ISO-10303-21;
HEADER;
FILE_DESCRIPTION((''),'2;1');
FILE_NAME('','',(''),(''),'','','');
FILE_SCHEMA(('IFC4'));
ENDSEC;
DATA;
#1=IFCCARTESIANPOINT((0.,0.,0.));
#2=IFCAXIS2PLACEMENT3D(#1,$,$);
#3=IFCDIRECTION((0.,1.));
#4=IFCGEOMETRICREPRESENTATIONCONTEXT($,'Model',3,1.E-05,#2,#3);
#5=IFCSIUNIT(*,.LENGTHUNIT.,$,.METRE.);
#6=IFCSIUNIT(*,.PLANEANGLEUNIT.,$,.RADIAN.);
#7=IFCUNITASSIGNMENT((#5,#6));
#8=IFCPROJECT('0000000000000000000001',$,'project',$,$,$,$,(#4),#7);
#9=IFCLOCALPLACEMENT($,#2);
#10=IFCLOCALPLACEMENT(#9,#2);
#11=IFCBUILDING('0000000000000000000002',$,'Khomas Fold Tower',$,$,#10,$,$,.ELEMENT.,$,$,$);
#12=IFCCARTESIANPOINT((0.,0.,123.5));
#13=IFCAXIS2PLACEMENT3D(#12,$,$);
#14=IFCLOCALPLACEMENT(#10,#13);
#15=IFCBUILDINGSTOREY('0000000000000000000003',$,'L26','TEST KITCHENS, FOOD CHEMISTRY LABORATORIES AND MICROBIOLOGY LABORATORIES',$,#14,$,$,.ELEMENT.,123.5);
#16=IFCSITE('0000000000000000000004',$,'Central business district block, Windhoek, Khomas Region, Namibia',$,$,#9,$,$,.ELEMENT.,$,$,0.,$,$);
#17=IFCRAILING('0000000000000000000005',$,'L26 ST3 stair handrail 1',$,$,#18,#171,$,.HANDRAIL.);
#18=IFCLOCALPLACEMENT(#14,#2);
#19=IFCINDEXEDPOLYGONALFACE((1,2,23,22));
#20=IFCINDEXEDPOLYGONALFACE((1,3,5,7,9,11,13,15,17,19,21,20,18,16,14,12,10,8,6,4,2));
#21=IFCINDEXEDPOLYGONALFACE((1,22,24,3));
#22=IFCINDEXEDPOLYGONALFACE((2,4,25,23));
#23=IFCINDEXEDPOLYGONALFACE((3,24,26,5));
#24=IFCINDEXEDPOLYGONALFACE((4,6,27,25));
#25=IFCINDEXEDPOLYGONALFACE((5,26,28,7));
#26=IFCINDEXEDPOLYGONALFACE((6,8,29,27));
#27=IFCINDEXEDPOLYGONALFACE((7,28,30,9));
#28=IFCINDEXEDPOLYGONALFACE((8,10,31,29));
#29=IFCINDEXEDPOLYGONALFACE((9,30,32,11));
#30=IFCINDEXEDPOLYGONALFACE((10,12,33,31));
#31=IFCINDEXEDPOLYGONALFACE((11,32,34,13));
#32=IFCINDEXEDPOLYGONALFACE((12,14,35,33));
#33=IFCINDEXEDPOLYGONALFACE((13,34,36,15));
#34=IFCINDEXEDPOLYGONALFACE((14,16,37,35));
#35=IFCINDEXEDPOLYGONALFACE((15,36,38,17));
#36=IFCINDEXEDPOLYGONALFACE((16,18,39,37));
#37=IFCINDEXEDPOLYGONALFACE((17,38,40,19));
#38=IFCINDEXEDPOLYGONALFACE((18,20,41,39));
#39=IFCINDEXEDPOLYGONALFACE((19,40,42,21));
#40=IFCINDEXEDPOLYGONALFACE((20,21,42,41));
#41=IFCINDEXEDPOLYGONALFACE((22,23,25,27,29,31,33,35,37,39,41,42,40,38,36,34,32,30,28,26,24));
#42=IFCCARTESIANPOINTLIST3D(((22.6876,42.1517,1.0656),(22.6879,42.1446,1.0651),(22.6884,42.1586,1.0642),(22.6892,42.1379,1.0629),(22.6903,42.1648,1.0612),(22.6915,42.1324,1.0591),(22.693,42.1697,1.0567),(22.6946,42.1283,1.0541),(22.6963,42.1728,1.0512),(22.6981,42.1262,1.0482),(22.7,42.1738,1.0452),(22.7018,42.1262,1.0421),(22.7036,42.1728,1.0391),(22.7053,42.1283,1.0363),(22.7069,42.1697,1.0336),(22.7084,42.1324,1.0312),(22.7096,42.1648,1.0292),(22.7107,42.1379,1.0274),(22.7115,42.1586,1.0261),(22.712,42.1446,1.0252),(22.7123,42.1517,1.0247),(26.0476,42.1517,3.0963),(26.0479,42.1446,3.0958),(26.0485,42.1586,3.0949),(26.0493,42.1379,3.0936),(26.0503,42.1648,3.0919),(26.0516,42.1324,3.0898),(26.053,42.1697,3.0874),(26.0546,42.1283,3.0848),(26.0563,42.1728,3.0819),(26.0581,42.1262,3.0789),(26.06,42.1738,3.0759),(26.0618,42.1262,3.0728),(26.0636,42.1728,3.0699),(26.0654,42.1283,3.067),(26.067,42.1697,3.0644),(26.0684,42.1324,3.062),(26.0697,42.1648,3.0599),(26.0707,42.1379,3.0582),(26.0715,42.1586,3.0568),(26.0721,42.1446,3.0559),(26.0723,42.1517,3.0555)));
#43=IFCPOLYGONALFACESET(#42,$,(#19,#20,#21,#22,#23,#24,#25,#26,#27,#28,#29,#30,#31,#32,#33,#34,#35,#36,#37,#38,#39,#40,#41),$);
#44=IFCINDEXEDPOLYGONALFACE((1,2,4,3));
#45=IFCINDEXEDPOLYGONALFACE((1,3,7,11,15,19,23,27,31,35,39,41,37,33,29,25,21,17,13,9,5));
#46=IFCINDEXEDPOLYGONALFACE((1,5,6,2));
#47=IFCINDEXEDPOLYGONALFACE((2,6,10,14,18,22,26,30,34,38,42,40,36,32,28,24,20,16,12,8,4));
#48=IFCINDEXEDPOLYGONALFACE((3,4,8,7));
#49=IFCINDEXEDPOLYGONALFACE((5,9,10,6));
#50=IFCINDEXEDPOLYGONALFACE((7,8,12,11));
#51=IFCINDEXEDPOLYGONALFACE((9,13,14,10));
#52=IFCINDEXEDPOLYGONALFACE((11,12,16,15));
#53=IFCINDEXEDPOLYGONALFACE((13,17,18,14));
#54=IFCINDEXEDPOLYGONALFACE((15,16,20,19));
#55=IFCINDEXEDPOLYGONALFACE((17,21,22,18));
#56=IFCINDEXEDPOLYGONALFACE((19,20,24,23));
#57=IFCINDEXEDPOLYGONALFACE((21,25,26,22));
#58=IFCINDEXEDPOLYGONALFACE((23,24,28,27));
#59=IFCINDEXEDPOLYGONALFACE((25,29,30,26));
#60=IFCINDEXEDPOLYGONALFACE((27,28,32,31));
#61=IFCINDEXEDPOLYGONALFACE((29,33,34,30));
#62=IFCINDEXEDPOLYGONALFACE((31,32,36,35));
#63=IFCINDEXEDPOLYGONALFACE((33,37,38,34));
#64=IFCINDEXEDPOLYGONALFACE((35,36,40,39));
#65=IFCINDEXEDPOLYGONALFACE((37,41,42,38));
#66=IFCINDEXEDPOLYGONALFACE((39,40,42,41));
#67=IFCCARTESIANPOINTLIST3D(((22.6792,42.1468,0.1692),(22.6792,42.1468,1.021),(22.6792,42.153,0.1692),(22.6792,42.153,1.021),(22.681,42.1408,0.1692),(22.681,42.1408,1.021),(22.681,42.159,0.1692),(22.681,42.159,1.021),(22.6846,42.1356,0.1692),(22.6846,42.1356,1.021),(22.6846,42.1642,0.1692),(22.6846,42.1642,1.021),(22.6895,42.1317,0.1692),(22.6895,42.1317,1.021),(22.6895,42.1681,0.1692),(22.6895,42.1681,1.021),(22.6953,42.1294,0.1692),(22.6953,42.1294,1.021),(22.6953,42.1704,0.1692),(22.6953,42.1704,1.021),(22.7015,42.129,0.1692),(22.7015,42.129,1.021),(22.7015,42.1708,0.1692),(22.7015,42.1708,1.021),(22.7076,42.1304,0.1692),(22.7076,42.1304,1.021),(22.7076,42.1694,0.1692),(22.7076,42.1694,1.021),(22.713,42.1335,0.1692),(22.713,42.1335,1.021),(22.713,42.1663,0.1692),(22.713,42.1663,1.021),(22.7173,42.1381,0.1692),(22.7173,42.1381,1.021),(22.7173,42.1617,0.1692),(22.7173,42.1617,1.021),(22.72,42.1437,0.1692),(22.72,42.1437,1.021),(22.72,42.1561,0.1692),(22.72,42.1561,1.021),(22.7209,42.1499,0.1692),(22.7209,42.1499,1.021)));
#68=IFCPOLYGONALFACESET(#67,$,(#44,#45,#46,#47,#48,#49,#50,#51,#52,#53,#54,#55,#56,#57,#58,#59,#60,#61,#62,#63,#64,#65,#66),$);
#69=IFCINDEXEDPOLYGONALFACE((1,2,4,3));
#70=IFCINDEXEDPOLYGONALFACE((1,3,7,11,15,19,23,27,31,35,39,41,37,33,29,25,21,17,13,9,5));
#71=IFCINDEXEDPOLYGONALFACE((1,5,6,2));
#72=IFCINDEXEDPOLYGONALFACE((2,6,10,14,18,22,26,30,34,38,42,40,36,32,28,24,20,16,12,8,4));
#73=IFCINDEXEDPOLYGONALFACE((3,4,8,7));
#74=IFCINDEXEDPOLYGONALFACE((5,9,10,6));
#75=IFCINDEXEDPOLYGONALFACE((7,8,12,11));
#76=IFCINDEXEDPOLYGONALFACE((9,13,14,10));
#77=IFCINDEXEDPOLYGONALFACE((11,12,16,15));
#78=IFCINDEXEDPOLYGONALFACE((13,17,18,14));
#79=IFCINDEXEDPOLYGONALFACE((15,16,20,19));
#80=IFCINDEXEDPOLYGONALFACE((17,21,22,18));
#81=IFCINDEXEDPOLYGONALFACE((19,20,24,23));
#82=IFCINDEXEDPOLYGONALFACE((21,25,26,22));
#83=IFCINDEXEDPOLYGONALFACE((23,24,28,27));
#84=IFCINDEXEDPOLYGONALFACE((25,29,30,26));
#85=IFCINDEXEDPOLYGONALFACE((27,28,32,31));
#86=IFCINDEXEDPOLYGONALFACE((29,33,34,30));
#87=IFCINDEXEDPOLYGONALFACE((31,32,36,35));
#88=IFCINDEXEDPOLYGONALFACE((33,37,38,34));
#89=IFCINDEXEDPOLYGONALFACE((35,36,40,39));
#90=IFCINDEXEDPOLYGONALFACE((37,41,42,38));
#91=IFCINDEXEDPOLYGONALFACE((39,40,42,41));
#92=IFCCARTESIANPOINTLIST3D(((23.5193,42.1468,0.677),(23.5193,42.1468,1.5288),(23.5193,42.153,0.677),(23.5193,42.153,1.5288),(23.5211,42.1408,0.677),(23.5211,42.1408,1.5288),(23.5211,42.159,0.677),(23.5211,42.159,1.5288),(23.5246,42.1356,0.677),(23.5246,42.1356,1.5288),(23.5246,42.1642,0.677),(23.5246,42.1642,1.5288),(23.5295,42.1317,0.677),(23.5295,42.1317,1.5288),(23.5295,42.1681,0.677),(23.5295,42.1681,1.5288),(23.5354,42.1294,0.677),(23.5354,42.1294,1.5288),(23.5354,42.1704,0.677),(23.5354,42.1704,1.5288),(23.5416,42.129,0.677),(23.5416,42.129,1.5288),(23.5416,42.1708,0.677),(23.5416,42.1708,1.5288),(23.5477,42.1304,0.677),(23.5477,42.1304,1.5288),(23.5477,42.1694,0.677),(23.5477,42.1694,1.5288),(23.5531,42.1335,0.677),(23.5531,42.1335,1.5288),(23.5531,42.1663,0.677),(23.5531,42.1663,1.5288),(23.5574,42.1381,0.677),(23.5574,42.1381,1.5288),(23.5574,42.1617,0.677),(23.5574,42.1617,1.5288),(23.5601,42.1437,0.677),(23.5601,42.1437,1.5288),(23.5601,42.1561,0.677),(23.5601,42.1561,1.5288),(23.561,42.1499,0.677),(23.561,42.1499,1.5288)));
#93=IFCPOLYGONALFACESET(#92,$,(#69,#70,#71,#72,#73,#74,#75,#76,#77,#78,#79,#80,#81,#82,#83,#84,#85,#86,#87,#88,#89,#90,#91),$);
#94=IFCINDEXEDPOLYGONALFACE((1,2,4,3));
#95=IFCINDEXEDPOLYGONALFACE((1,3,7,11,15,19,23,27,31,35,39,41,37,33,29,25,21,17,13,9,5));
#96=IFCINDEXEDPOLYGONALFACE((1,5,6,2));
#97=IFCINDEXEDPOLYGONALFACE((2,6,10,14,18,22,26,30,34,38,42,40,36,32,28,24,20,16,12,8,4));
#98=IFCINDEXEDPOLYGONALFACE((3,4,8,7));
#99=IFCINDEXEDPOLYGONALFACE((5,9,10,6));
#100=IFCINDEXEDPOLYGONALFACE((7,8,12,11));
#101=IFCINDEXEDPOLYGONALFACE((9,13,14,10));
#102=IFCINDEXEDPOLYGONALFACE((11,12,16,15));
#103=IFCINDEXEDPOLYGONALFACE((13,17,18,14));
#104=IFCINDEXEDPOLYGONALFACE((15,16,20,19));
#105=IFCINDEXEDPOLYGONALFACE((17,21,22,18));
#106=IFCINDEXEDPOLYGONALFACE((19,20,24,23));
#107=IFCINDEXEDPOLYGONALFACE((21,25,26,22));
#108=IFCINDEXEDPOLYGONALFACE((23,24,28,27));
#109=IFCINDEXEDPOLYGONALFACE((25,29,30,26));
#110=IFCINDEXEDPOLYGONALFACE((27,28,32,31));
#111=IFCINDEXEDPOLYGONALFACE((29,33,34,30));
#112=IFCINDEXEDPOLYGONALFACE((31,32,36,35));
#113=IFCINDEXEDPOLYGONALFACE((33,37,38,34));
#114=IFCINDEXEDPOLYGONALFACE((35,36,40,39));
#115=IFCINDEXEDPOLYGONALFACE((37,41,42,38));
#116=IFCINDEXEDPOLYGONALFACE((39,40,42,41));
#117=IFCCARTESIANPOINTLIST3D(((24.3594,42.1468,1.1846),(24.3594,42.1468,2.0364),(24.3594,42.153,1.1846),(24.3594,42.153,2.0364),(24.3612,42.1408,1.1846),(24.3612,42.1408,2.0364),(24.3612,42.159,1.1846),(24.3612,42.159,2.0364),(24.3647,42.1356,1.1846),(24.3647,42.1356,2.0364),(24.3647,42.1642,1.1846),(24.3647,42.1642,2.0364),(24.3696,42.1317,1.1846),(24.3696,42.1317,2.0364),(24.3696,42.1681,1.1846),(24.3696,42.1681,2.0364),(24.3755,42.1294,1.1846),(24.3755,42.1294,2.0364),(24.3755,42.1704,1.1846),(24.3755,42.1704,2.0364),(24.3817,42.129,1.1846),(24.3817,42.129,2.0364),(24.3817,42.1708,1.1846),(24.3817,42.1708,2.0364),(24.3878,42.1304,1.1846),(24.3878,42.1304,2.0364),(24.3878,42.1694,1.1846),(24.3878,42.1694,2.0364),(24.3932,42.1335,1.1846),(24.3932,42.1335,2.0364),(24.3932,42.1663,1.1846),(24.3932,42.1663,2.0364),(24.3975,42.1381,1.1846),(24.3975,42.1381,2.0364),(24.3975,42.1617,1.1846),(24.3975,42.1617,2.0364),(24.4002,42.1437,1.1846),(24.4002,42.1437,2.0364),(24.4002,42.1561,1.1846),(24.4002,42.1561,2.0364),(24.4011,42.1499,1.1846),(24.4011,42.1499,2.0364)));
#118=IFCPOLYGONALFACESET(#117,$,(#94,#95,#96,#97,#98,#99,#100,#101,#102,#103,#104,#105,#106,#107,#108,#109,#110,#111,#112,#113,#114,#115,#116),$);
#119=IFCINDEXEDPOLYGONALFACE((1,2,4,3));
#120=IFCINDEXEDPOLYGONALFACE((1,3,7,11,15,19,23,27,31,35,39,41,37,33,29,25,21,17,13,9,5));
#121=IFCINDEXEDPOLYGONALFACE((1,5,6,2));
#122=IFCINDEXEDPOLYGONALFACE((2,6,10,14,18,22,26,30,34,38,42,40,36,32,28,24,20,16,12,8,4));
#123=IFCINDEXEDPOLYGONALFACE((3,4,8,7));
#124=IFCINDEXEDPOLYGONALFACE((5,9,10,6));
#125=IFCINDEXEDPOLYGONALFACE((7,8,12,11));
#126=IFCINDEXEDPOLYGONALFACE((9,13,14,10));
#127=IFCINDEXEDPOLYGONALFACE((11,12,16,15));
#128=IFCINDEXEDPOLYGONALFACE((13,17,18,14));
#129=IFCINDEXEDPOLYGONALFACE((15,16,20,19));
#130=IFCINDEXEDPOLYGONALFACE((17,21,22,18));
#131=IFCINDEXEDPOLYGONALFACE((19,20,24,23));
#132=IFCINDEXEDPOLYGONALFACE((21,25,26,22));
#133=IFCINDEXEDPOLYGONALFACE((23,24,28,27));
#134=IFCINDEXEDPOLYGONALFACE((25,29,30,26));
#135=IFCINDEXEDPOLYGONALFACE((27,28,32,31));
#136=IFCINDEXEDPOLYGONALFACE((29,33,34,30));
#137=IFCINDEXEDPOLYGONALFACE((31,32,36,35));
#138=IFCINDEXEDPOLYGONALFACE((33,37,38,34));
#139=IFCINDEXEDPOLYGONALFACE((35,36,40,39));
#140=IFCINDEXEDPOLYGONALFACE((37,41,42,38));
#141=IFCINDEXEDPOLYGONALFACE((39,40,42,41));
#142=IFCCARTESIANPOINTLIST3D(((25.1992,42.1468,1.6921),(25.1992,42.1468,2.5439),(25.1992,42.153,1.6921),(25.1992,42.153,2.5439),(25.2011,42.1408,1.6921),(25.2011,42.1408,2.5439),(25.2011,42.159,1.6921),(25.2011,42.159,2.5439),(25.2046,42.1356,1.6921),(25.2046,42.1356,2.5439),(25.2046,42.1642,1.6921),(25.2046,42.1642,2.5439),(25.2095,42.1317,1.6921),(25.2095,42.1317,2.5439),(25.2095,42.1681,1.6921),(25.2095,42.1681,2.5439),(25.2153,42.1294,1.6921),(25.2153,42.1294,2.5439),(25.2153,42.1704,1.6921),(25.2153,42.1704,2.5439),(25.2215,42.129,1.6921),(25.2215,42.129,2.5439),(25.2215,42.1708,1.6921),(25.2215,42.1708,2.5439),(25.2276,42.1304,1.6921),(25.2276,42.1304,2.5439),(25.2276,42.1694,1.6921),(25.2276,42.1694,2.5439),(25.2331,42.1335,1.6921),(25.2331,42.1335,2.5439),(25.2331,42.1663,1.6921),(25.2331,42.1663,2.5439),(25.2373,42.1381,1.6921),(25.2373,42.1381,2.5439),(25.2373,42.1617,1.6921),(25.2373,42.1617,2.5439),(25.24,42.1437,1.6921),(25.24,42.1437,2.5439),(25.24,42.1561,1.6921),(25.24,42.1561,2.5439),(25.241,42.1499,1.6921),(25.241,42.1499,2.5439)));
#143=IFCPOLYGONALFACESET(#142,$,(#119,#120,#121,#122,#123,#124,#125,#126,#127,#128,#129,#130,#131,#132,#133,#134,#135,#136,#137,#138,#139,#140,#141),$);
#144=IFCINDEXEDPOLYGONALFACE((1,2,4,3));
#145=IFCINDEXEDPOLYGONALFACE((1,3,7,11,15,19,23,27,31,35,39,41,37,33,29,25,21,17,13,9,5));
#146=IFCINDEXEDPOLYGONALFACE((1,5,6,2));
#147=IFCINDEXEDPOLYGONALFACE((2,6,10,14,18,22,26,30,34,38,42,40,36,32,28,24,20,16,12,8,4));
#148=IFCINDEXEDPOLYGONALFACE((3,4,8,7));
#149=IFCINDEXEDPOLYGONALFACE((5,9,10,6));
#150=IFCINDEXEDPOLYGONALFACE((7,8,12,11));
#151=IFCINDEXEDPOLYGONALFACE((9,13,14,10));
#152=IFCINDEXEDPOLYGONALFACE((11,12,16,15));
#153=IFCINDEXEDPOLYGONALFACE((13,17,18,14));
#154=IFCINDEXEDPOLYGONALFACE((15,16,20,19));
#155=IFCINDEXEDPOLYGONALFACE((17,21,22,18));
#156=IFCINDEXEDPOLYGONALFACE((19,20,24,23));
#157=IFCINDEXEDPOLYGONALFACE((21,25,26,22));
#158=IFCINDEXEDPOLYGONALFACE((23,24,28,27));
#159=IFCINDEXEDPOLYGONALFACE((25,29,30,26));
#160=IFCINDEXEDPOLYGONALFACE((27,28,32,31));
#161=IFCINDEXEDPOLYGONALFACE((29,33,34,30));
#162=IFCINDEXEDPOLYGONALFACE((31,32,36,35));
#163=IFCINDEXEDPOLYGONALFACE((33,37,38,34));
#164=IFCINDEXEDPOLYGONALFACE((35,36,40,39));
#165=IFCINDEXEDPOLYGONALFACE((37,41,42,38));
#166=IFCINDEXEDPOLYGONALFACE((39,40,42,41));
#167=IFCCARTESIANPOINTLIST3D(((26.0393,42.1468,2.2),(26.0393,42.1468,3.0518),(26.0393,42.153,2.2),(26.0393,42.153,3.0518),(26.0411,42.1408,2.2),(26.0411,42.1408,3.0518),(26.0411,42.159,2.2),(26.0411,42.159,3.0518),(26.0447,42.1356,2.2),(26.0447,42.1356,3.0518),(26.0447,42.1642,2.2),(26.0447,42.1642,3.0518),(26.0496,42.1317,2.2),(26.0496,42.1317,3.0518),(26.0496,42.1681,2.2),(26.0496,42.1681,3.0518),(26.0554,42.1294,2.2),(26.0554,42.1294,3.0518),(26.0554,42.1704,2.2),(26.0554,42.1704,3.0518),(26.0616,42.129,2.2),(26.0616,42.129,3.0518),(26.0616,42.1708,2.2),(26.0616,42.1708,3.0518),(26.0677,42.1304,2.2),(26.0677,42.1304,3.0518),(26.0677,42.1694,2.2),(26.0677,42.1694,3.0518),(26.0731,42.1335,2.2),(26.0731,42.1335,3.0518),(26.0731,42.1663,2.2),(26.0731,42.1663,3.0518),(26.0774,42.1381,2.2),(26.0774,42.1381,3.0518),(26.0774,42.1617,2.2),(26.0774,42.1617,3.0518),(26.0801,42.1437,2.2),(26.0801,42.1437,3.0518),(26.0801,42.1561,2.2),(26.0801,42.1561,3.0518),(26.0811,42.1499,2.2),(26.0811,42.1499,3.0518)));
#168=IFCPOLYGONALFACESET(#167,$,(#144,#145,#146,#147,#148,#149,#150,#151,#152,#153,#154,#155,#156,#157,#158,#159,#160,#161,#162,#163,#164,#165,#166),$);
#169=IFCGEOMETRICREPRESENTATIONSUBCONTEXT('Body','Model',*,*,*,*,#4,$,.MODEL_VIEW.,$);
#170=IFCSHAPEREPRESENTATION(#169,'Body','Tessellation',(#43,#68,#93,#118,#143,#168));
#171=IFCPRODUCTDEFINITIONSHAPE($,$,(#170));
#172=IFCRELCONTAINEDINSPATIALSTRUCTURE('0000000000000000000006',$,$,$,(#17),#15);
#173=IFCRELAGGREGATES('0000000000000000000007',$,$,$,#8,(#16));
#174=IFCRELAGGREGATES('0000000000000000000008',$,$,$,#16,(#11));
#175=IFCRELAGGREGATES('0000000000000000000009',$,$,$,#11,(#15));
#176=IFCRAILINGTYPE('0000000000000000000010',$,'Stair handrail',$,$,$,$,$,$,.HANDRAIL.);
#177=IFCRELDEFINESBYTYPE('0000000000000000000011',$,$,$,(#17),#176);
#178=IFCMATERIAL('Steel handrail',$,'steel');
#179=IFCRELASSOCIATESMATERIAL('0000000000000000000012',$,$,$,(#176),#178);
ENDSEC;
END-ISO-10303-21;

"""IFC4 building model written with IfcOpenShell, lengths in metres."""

from ifc_helpers import new_model, si_unit, direction, frame, origin, origin_2d, place, context, subcontext, project, spatial, circle, extrude, source, transform, mapped, material, type_object, element, save


model = new_model("IFC4")

# Units and contexts
model_context = context("Model", 3, precision=1e-05, world=origin(), true_north=direction((0.0, 1.0)))
body_context = subcontext(model_context, "Body", "Model", "MODEL_VIEW")
ifc_project = project(units=[si_unit("LENGTHUNIT", "METRE"), si_unit("PLANEANGLEUNIT", "RADIAN")], contexts=[model_context])

# Site, building, storey
site_placement = place(None, origin())
site = spatial("IfcSite", under=ifc_project, at=site_placement, Name="Central business district block, Windhoek, Khomas Region, Namibia", CompositionType="ELEMENT", RefElevation=0.0)
building_placement = place(site_placement, origin())
building = spatial("IfcBuilding", under=site, at=building_placement, Name="Khomas Fold Tower", CompositionType="ELEMENT")
storey_placement = place(building_placement, frame((0.0, 0.0, 123.5)))
storey = spatial("IfcBuildingStorey", under=building, at=storey_placement, Name="L26", Description="TEST KITCHENS, FOOD CHEMISTRY LABORATORIES AND MICROBIOLOGY LABORATORIES", CompositionType="ELEMENT", Elevation=123.5)

# Railing
ifc_material_1 = material(Name="Steel handrail", Category="steel")
railing_type_1 = type_object("IfcRailingType", Name="Stair handrail", PredefinedType="HANDRAIL", material=ifc_material_1)
shared_shape_1 = source(origin(), body_context, "Body", "SweptSolid", [
    extrude(circle(Radius=0.0239, at=origin_2d()), frame((0.0, 0.0, 0.876), z_axis=(0.855837, 0.0, 0.517246), x_axis=(0.0, 1.0, 0.0)), (0.0, 0.0, 1.0), 3.926),
    extrude(circle(Radius=0.021, at=origin_2d()), origin(), (0.0, 0.0, 1.0), 0.8518),
    extrude(circle(Radius=0.021, at=origin_2d()), frame((0.8401, 0.0, 0.5078)), (0.0, 0.0, 1.0), 0.8518),
    extrude(circle(Radius=0.021, at=origin_2d()), frame((1.6802, 0.0, 1.0154)), (0.0, 0.0, 1.0), 0.8518),
    extrude(circle(Radius=0.021, at=origin_2d()), frame((2.52, 0.0, 1.5229)), (0.0, 0.0, 1.0), 0.8518),
    extrude(circle(Radius=0.021, at=origin_2d()), frame((3.3601, 0.0, 2.0308)), (0.0, 0.0, 1.0), 0.8518),
])
railing_1_placement = place(storey_placement, frame((22.7, 42.1499, 0.1692)))
element("IfcRailing", 1, at=railing_1_placement, inside=storey, type_object=railing_type_1, Name="L26 ST3 stair handrail 1", PredefinedType="HANDRAIL", context=body_context, shape_type="MappedRepresentation", body=[
    mapped(shared_shape_1, transform((0.0, 0.0, 0.0))),
])

save(model, "model.ifc")
